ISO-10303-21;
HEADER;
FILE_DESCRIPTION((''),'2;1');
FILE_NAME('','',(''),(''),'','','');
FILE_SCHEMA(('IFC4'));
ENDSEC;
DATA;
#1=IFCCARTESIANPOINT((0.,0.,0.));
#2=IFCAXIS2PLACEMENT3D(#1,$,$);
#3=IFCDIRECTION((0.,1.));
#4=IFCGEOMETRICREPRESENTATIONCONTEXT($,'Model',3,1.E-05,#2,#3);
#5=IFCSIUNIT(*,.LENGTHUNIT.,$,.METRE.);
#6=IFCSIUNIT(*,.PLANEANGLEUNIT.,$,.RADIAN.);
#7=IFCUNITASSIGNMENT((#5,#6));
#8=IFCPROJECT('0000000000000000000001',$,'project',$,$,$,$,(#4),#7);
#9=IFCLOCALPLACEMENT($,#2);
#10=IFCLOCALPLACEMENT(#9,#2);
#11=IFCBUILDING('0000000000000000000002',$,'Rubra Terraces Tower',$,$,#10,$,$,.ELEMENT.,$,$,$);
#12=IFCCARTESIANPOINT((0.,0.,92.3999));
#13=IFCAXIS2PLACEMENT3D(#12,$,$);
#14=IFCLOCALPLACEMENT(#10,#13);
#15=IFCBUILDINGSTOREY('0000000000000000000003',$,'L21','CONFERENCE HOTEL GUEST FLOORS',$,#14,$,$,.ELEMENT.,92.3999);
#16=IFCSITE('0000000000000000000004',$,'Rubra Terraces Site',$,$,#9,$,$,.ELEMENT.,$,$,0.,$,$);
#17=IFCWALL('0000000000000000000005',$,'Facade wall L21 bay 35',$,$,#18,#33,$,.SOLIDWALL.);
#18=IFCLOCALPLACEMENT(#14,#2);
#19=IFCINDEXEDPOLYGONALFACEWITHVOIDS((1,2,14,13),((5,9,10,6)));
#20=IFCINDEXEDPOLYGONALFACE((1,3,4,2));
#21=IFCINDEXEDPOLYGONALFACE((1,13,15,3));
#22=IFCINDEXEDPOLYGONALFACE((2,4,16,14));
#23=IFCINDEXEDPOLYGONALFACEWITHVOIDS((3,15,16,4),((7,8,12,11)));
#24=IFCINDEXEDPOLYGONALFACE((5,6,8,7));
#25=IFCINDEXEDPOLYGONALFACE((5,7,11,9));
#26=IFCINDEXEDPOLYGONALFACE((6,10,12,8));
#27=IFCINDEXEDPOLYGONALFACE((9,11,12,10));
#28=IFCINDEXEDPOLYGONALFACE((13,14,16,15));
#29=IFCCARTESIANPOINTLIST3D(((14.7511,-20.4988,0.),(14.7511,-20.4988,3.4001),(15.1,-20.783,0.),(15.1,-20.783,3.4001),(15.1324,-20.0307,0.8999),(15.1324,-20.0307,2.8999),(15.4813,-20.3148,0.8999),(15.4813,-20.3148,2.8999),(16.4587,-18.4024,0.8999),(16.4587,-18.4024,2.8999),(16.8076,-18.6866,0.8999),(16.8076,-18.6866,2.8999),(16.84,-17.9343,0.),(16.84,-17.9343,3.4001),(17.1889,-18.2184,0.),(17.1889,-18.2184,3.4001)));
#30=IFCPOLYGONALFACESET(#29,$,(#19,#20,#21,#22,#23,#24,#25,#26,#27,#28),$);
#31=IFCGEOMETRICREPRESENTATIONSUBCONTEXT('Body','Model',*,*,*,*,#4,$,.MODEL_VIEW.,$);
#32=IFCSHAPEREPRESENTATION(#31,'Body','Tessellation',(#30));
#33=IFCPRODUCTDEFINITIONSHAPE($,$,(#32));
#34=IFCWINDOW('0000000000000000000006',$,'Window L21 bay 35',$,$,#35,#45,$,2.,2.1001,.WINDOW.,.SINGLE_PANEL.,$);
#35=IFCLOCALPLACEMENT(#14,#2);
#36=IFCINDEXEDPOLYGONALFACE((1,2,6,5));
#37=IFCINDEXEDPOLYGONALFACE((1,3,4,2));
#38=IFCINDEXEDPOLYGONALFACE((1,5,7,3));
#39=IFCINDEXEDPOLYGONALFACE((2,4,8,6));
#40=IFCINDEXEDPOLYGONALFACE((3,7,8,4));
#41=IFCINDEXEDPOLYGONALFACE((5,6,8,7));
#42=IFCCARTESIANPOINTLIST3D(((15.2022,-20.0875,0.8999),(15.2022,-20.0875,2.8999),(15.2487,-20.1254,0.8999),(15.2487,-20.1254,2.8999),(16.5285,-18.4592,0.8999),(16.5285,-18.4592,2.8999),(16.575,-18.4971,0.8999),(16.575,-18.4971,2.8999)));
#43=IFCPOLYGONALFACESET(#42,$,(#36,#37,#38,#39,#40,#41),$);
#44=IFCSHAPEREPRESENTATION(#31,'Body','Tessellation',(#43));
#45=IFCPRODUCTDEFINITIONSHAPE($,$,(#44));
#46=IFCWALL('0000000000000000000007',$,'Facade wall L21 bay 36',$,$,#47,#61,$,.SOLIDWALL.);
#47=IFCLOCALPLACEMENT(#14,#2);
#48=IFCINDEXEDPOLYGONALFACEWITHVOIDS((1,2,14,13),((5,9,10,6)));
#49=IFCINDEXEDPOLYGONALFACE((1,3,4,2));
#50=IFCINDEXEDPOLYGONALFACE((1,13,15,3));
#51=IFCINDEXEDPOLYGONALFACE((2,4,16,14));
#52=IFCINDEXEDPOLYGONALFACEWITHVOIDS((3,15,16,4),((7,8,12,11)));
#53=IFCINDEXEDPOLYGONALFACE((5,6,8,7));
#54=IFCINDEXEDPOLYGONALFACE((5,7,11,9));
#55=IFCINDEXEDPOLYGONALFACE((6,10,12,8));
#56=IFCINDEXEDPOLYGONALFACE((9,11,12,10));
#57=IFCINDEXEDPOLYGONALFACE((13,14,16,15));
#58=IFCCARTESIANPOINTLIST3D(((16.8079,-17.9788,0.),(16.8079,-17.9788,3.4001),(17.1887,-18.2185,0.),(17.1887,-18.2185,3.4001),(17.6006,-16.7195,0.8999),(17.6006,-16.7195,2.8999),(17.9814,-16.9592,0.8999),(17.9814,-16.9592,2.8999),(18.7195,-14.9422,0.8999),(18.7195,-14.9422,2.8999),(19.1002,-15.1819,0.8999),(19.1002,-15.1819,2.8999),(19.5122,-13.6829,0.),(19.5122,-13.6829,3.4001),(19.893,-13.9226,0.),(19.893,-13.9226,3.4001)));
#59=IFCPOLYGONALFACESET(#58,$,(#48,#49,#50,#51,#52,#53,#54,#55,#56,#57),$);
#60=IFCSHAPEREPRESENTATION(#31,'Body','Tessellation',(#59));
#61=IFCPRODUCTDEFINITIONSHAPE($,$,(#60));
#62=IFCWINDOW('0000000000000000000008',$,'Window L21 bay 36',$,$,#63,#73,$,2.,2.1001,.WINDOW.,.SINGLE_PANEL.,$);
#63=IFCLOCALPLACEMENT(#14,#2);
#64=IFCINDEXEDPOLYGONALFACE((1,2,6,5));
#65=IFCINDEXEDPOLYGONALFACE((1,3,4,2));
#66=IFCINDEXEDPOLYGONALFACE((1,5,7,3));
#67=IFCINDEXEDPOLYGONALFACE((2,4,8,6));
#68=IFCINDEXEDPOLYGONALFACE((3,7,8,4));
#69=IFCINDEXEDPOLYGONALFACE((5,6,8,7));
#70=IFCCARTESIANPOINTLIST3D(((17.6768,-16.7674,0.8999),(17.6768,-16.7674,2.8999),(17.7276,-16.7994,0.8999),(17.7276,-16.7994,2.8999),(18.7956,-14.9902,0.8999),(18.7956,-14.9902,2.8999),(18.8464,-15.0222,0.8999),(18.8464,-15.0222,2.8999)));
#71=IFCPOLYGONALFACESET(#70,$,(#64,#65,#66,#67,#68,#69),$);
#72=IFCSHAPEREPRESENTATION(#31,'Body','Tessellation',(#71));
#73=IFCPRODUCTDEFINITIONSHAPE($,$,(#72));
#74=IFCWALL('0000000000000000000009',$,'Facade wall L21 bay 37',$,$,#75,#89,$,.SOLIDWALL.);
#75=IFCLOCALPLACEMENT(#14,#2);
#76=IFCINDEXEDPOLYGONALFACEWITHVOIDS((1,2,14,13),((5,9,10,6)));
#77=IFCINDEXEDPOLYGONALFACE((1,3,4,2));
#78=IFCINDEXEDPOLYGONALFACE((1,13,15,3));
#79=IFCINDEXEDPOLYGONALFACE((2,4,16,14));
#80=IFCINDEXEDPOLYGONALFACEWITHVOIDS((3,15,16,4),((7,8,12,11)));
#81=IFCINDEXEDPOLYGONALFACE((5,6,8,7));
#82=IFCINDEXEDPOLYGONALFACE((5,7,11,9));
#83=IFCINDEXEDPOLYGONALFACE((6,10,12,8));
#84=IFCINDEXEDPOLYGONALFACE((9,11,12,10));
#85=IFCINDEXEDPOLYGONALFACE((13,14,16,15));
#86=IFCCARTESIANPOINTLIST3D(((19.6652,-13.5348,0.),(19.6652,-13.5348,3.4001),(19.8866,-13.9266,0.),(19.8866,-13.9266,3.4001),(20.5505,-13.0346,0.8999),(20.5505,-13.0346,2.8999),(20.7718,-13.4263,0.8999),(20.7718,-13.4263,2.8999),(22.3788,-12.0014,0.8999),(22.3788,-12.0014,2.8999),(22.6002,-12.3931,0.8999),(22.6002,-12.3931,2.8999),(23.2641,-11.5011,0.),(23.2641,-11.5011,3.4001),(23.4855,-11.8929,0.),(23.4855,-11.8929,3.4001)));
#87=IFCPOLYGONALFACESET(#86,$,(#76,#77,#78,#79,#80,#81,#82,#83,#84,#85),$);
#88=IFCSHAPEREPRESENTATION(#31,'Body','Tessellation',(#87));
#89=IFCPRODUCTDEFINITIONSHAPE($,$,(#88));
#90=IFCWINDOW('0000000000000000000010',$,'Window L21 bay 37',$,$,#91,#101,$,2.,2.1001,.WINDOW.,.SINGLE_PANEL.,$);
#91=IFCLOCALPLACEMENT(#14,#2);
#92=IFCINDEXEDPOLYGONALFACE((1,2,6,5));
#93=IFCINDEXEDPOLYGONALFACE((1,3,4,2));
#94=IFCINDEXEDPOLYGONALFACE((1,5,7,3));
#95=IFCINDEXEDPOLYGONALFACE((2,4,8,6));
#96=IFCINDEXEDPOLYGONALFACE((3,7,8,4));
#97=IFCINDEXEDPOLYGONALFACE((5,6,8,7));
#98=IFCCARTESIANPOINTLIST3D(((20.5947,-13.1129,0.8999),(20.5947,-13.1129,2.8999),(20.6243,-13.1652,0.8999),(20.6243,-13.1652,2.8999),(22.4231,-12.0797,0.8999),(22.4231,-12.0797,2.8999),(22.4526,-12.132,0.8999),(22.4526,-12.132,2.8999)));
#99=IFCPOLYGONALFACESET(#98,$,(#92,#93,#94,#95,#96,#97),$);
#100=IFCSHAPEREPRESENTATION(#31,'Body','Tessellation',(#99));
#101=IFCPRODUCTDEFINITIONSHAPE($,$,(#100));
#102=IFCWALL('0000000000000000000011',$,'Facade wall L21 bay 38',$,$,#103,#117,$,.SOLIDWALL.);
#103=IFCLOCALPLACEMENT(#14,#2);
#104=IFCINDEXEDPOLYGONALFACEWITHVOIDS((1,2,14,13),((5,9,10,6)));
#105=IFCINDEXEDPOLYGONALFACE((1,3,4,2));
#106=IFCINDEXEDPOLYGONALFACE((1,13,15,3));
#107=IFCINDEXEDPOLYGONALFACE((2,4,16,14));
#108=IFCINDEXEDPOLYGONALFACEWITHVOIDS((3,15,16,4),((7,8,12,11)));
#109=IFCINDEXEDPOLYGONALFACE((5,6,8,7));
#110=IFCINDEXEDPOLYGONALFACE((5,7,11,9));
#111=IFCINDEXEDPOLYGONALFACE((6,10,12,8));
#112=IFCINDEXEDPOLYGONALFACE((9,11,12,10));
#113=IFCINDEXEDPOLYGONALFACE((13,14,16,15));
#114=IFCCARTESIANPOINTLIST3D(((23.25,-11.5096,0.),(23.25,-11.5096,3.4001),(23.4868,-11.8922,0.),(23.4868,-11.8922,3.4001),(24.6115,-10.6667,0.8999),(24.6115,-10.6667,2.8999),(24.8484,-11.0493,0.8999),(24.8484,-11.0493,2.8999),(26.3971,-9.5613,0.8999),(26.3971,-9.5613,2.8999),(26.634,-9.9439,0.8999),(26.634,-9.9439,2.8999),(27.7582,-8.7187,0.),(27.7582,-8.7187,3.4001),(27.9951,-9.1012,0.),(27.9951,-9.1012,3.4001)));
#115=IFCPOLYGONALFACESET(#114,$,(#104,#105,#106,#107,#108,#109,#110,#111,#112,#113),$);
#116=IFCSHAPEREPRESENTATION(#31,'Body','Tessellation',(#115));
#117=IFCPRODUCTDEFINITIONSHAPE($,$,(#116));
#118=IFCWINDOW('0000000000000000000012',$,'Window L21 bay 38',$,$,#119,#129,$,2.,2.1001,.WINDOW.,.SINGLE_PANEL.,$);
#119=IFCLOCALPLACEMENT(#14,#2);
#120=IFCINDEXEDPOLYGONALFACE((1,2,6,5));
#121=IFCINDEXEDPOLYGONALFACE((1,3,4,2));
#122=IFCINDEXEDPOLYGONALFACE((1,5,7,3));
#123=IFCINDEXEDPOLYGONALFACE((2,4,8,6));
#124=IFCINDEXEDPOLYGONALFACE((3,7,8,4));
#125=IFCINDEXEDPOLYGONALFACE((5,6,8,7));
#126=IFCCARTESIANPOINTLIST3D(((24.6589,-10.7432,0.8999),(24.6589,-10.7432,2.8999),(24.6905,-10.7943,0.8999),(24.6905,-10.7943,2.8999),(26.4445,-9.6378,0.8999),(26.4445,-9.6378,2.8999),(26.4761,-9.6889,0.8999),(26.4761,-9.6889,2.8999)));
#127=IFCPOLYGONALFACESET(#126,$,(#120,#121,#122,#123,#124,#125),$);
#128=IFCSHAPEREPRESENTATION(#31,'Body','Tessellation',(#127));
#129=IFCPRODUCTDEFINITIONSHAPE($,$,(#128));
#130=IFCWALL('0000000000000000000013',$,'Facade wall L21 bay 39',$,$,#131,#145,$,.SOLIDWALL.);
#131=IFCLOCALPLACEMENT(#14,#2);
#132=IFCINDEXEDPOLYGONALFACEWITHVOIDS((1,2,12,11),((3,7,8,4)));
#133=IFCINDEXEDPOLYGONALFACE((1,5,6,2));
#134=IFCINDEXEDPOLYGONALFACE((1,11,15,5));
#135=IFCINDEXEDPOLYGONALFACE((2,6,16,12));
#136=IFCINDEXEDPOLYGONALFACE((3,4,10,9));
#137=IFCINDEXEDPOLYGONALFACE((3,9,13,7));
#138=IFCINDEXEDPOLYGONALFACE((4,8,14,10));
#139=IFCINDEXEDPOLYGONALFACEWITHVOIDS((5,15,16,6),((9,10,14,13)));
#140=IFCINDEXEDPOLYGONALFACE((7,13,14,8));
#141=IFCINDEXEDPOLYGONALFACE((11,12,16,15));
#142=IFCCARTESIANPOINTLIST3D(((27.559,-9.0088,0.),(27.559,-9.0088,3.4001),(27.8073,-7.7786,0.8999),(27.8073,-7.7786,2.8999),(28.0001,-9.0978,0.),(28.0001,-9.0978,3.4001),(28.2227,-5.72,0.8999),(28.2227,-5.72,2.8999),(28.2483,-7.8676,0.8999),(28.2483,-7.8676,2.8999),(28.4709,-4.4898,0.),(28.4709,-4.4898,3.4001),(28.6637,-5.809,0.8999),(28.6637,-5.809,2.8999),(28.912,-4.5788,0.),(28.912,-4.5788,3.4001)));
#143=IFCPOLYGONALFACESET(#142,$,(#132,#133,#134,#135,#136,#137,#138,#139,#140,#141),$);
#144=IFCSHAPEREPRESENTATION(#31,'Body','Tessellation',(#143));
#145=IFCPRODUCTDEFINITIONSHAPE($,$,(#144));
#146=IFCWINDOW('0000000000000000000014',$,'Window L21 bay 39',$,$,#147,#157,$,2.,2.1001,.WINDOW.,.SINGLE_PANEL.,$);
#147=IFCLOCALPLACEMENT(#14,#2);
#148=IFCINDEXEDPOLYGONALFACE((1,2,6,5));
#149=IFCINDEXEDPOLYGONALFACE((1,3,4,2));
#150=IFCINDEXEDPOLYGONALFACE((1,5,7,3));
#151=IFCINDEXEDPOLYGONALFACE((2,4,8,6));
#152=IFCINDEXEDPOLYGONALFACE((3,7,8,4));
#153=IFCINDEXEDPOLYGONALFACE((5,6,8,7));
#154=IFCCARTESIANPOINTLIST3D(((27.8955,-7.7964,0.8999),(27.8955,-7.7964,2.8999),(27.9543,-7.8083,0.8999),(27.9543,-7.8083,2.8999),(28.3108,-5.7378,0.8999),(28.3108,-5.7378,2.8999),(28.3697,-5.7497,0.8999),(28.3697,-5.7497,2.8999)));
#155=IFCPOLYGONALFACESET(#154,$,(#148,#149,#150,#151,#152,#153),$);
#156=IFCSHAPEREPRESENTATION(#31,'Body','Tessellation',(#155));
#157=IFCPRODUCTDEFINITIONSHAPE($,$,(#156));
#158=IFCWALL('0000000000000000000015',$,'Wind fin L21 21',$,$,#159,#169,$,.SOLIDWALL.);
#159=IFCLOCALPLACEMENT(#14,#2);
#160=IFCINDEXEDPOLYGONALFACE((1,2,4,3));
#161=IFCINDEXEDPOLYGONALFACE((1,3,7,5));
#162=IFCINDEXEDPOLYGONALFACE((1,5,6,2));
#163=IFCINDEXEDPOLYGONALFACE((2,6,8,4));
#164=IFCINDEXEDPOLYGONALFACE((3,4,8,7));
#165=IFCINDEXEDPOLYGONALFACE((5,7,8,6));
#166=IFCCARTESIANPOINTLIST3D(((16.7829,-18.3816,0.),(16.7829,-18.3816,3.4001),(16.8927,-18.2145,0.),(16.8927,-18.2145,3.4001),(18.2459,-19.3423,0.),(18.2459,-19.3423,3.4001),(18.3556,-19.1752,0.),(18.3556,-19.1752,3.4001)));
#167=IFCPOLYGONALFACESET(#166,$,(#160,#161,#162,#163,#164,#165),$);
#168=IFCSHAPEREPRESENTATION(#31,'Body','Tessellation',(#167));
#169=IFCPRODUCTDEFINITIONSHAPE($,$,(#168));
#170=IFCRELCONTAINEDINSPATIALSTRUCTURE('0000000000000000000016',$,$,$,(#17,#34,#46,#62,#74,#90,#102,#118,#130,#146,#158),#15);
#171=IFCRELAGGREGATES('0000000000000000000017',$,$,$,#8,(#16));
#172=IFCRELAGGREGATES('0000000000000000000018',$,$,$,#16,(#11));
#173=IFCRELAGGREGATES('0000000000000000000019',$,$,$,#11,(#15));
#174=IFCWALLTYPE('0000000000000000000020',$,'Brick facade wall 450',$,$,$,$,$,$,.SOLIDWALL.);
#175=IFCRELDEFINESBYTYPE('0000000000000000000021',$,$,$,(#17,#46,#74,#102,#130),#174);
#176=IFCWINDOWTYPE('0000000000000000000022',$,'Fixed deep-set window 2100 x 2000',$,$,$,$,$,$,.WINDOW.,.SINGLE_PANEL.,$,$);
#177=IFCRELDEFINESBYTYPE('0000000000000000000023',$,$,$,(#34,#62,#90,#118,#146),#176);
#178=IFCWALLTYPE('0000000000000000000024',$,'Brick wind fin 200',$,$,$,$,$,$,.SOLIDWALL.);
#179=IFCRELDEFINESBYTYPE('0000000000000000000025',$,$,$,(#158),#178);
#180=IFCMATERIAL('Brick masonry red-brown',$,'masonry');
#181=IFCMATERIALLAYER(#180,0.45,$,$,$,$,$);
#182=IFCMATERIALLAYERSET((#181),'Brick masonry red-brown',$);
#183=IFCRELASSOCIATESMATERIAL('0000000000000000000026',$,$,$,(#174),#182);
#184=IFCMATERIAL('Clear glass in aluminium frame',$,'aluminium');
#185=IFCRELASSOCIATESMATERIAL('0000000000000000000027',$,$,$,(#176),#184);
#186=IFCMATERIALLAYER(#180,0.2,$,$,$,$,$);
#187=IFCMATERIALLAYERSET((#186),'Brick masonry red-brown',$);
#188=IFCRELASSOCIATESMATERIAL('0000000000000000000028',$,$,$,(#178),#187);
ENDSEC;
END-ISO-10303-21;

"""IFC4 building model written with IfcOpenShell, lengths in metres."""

from ifc_helpers import new_model, si_unit, direction, frame, frame_2d, origin, place, context, subcontext, project, spatial, rectangle, extrude, material, layer, layer_set, type_object, element, fill, save


model = new_model("IFC4")

# Units and contexts
model_context = context("Model", 3, precision=1e-05, world=origin(), true_north=direction((0.0, 1.0)))
body_context = subcontext(model_context, "Body", "Model", "MODEL_VIEW")
ifc_project = project(units=[si_unit("LENGTHUNIT", "METRE"), si_unit("PLANEANGLEUNIT", "RADIAN")], contexts=[model_context])

# Site, building, storey
site_placement = place(None, origin())
site = spatial("IfcSite", under=ifc_project, at=site_placement, Name="Rubra Terraces Site", CompositionType="ELEMENT", RefElevation=0.0)
building_placement = place(site_placement, origin())
building = spatial("IfcBuilding", under=site, at=building_placement, Name="Rubra Terraces Tower", CompositionType="ELEMENT")
storey_placement = place(building_placement, frame((0.0, 0.0, 92.3999)))
storey = spatial("IfcBuildingStorey", under=building, at=storey_placement, Name="L21", Description="CONFERENCE HOTEL GUEST FLOORS", CompositionType="ELEMENT", Elevation=92.3999)

# Walls, openings, windows
ifc_material_1 = material(Name="Brick masonry red-brown", Category="masonry")
ifc_layer_1 = layer(ifc_material_1, 0.45)
ifc_layer_set_1 = layer_set([ifc_layer_1], Name="Brick masonry red-brown")
wall_type_1 = type_object("IfcWallType", Name="Brick facade wall 450", PredefinedType="SOLIDWALL", material=ifc_layer_set_1)
wall_1_placement = place(storey_placement, frame((14.9255, -20.6409, 0.0), z_axis=(0.0, 0.0, 1.0), x_axis=(0.631548, 0.775337, 0.0)))
wall_1 = element("IfcWall", 1, at=wall_1_placement, inside=storey, type_object=wall_type_1, Name="Facade wall L21 bay 35", PredefinedType="SOLIDWALL", context=body_context, shape_type="SweptSolid", body=[
    extrude(rectangle(XDim=3.3076, YDim=0.45, at=frame_2d((1.6538, 0.0))), origin(), (0.0, 0.0, 1.0), 3.4001),
])
opening_1_placement = place(wall_1_placement, frame((0.6038, 0.0, 0.8999)))
opening_1 = element("IfcOpeningElement", 2, at=opening_1_placement, cuts=wall_1, PredefinedType="OPENING", context=body_context, shape_type="SweptSolid", body=[
    extrude(rectangle(XDim=2.1001, YDim=2.0, at=frame_2d((1.05, 1.0))), frame((0.0, 0.2349, 0.0), z_axis=(0.0, -1.0, 0.0), x_axis=(1.0, 0.0, 0.0)), (0.0, 0.0, 1.0), 0.47),
])
ifc_material_2 = material(Name="Clear glass in aluminium frame", Category="aluminium")
window_type = type_object("IfcWindowType", Name="Fixed deep-set window 2100 x 2000", PartitioningType="SINGLE_PANEL", PredefinedType="WINDOW", material=ifc_material_2)
window_1_placement = place(opening_1_placement, origin())
window_1 = element("IfcWindow", 3, at=window_1_placement, inside=storey, type_object=window_type, Name="Window L21 bay 35", OverallHeight=2.0, OverallWidth=2.1001, PartitioningType="SINGLE_PANEL", PredefinedType="WINDOW", context=body_context, shape_type="SweptSolid", body=[
    extrude(rectangle(XDim=2.1001, YDim=2.0, at=frame_2d((1.05, 1.0))), frame((0.0, 0.135, 0.0), z_axis=(0.0, -1.0, 0.0), x_axis=(1.0, 0.0, 0.0)), (0.0, 0.0, 1.0), 0.0601),
])
fill(opening_1, window_1)
wall_2_placement = place(storey_placement, frame((16.9983, -18.0986, 0.0), z_axis=(0.0, 0.0, 1.0), x_axis=(0.532746, 0.846275, 0.0)))
wall_2 = element("IfcWall", 4, at=wall_2_placement, inside=storey, type_object=wall_type_1, Name="Facade wall L21 bay 36", PredefinedType="SOLIDWALL", context=body_context, shape_type="SweptSolid", body=[
    extrude(rectangle(XDim=5.0762, YDim=0.45, at=frame_2d((2.5381, 0.0))), origin(), (0.0, 0.0, 1.0), 3.4001),
])
opening_2_placement = place(wall_2_placement, frame((1.488, 0.0, 0.8999)))
opening_2 = element("IfcOpeningElement", 5, at=opening_2_placement, cuts=wall_2, PredefinedType="OPENING", context=body_context, shape_type="SweptSolid", body=[
    extrude(rectangle(XDim=2.1001, YDim=2.0, at=frame_2d((1.05, 1.0))), frame((0.0, 0.2349, 0.0), z_axis=(0.0, -1.0, 0.0), x_axis=(1.0, 0.0, 0.0)), (0.0, 0.0, 1.0), 0.47),
])
window_2_placement = place(opening_2_placement, origin())
window_2 = element("IfcWindow", 6, at=window_2_placement, inside=storey, type_object=window_type, Name="Window L21 bay 36", OverallHeight=2.0, OverallWidth=2.1001, PartitioningType="SINGLE_PANEL", PredefinedType="WINDOW", context=body_context, shape_type="SweptSolid", body=[
    extrude(rectangle(XDim=2.1001, YDim=2.0, at=frame_2d((1.05, 1.0))), frame((0.0, 0.135, 0.0), z_axis=(0.0, -1.0, 0.0), x_axis=(1.0, 0.0, 0.0)), (0.0, 0.0, 1.0), 0.0601),
])
fill(opening_2, window_2)
wall_3_placement = place(storey_placement, frame((19.7759, -13.7307, 0.0), z_axis=(0.0, 0.0, 1.0), x_axis=(0.87061, 0.491974, 0.0)))
wall_3 = element("IfcWall", 7, at=wall_3_placement, inside=storey, type_object=wall_type_1, Name="Facade wall L21 bay 37", PredefinedType="SOLIDWALL", context=body_context, shape_type="SweptSolid", body=[
    extrude(rectangle(XDim=4.1338, YDim=0.45, at=frame_2d((2.0669, 0.0))), origin(), (0.0, 0.0, 1.0), 3.4001),
])
opening_3_placement = place(wall_3_placement, frame((1.0168, 0.0, 0.8999)))
opening_3 = element("IfcOpeningElement", 8, at=opening_3_placement, cuts=wall_3, PredefinedType="OPENING", context=body_context, shape_type="SweptSolid", body=[
    extrude(rectangle(XDim=2.1001, YDim=2.0, at=frame_2d((1.05, 1.0))), frame((0.0, 0.2349, 0.0), z_axis=(0.0, -1.0, 0.0), x_axis=(1.0, 0.0, 0.0)), (0.0, 0.0, 1.0), 0.47),
])
window_3_placement = place(opening_3_placement, origin())
window_3 = element("IfcWindow", 9, at=window_3_placement, inside=storey, type_object=window_type, Name="Window L21 bay 37", OverallHeight=2.0, OverallWidth=2.1001, PartitioningType="SINGLE_PANEL", PredefinedType="WINDOW", context=body_context, shape_type="SweptSolid", body=[
    extrude(rectangle(XDim=2.1001, YDim=2.0, at=frame_2d((1.05, 1.0))), frame((0.0, 0.135, 0.0), z_axis=(0.0, -1.0, 0.0), x_axis=(1.0, 0.0, 0.0)), (0.0, 0.0, 1.0), 0.0601),
])
fill(opening_3, window_3)
wall_4_placement = place(storey_placement, frame((23.3684, -11.7009, 0.0), z_axis=(0.0, 0.0, 1.0), x_axis=(0.850251, 0.526377, 0.0)))
wall_4 = element("IfcWall", 10, at=wall_4_placement, inside=storey, type_object=wall_type_1, Name="Facade wall L21 bay 38", PredefinedType="SOLIDWALL", context=body_context, shape_type="SweptSolid", body=[
    extrude(rectangle(XDim=5.3022, YDim=0.45, at=frame_2d((2.6511, 0.0))), origin(), (0.0, 0.0, 1.0), 3.4001),
])
opening_4_placement = place(wall_4_placement, frame((1.6013, 0.0, 0.8999)))
opening_4 = element("IfcOpeningElement", 11, at=opening_4_placement, cuts=wall_4, PredefinedType="OPENING", context=body_context, shape_type="SweptSolid", body=[
    extrude(rectangle(XDim=2.1001, YDim=2.0, at=frame_2d((1.05, 1.0))), frame((0.0, 0.2349, 0.0), z_axis=(0.0, -1.0, 0.0), x_axis=(1.0, 0.0, 0.0)), (0.0, 0.0, 1.0), 0.47),
])
window_4_placement = place(opening_4_placement, origin())
window_4 = element("IfcWindow", 12, at=window_4_placement, inside=storey, type_object=window_type, Name="Window L21 bay 38", OverallHeight=2.0, OverallWidth=2.1001, PartitioningType="SINGLE_PANEL", PredefinedType="WINDOW", context=body_context, shape_type="SweptSolid", body=[
    extrude(rectangle(XDim=2.1001, YDim=2.0, at=frame_2d((1.05, 1.0))), frame((0.0, 0.135, 0.0), z_axis=(0.0, -1.0, 0.0), x_axis=(1.0, 0.0, 0.0)), (0.0, 0.0, 1.0), 0.0601),
])
fill(opening_4, window_4)
wall_5_placement = place(storey_placement, frame((27.7795, -9.0535, 0.0), z_axis=(0.0, 0.0, 1.0), x_axis=(0.197796, 0.980243, 0.0)))
wall_5 = element("IfcWall", 13, at=wall_5_placement, inside=storey, type_object=wall_type_1, Name="Facade wall L21 bay 39", PredefinedType="SOLIDWALL", context=body_context, shape_type="SweptSolid", body=[
    extrude(rectangle(XDim=4.6101, YDim=0.45, at=frame_2d((2.3052, 0.0))), origin(), (0.0, 0.0, 1.0), 3.4001),
])
opening_5_placement = place(wall_5_placement, frame((1.2551, 0.0, 0.8999)))
opening_5 = element("IfcOpeningElement", 14, at=opening_5_placement, cuts=wall_5, PredefinedType="OPENING", context=body_context, shape_type="SweptSolid", body=[
    extrude(rectangle(XDim=2.1001, YDim=2.0, at=frame_2d((1.05, 1.0))), frame((0.0, 0.2349, 0.0), z_axis=(0.0, -1.0, 0.0), x_axis=(1.0, 0.0, 0.0)), (0.0, 0.0, 1.0), 0.47),
])
window_5_placement = place(opening_5_placement, origin())
window_5 = element("IfcWindow", 15, at=window_5_placement, inside=storey, type_object=window_type, Name="Window L21 bay 39", OverallHeight=2.0, OverallWidth=2.1001, PartitioningType="SINGLE_PANEL", PredefinedType="WINDOW", context=body_context, shape_type="SweptSolid", body=[
    extrude(rectangle(XDim=2.1001, YDim=2.0, at=frame_2d((1.05, 1.0))), frame((0.0, 0.135, 0.0), z_axis=(0.0, -1.0, 0.0), x_axis=(1.0, 0.0, 0.0)), (0.0, 0.0, 1.0), 0.0601),
])
fill(opening_5, window_5)

# Wall
ifc_layer_2 = layer(ifc_material_1, 0.2)
ifc_layer_set_2 = layer_set([ifc_layer_2], Name="Brick masonry red-brown")
wall_type_2 = type_object("IfcWallType", Name="Brick wind fin 200", PredefinedType="SOLIDWALL", material=ifc_layer_set_2)
wall_6_placement = place(storey_placement, frame((16.8379, -18.2981, 0.0), z_axis=(0.0, 0.0, 1.0), x_axis=(0.835872, -0.548925, 0.0)))
element("IfcWall", 16, at=wall_6_placement, inside=storey, type_object=wall_type_2, Name="Wind fin L21 21", PredefinedType="SOLIDWALL", context=body_context, shape_type="SweptSolid", body=[
    extrude(rectangle(XDim=1.7502, YDim=0.2, at=frame_2d((0.875, 0.0))), origin(), (0.0, 0.0, 1.0), 3.4001),
])

save(model, "model.ifc")
